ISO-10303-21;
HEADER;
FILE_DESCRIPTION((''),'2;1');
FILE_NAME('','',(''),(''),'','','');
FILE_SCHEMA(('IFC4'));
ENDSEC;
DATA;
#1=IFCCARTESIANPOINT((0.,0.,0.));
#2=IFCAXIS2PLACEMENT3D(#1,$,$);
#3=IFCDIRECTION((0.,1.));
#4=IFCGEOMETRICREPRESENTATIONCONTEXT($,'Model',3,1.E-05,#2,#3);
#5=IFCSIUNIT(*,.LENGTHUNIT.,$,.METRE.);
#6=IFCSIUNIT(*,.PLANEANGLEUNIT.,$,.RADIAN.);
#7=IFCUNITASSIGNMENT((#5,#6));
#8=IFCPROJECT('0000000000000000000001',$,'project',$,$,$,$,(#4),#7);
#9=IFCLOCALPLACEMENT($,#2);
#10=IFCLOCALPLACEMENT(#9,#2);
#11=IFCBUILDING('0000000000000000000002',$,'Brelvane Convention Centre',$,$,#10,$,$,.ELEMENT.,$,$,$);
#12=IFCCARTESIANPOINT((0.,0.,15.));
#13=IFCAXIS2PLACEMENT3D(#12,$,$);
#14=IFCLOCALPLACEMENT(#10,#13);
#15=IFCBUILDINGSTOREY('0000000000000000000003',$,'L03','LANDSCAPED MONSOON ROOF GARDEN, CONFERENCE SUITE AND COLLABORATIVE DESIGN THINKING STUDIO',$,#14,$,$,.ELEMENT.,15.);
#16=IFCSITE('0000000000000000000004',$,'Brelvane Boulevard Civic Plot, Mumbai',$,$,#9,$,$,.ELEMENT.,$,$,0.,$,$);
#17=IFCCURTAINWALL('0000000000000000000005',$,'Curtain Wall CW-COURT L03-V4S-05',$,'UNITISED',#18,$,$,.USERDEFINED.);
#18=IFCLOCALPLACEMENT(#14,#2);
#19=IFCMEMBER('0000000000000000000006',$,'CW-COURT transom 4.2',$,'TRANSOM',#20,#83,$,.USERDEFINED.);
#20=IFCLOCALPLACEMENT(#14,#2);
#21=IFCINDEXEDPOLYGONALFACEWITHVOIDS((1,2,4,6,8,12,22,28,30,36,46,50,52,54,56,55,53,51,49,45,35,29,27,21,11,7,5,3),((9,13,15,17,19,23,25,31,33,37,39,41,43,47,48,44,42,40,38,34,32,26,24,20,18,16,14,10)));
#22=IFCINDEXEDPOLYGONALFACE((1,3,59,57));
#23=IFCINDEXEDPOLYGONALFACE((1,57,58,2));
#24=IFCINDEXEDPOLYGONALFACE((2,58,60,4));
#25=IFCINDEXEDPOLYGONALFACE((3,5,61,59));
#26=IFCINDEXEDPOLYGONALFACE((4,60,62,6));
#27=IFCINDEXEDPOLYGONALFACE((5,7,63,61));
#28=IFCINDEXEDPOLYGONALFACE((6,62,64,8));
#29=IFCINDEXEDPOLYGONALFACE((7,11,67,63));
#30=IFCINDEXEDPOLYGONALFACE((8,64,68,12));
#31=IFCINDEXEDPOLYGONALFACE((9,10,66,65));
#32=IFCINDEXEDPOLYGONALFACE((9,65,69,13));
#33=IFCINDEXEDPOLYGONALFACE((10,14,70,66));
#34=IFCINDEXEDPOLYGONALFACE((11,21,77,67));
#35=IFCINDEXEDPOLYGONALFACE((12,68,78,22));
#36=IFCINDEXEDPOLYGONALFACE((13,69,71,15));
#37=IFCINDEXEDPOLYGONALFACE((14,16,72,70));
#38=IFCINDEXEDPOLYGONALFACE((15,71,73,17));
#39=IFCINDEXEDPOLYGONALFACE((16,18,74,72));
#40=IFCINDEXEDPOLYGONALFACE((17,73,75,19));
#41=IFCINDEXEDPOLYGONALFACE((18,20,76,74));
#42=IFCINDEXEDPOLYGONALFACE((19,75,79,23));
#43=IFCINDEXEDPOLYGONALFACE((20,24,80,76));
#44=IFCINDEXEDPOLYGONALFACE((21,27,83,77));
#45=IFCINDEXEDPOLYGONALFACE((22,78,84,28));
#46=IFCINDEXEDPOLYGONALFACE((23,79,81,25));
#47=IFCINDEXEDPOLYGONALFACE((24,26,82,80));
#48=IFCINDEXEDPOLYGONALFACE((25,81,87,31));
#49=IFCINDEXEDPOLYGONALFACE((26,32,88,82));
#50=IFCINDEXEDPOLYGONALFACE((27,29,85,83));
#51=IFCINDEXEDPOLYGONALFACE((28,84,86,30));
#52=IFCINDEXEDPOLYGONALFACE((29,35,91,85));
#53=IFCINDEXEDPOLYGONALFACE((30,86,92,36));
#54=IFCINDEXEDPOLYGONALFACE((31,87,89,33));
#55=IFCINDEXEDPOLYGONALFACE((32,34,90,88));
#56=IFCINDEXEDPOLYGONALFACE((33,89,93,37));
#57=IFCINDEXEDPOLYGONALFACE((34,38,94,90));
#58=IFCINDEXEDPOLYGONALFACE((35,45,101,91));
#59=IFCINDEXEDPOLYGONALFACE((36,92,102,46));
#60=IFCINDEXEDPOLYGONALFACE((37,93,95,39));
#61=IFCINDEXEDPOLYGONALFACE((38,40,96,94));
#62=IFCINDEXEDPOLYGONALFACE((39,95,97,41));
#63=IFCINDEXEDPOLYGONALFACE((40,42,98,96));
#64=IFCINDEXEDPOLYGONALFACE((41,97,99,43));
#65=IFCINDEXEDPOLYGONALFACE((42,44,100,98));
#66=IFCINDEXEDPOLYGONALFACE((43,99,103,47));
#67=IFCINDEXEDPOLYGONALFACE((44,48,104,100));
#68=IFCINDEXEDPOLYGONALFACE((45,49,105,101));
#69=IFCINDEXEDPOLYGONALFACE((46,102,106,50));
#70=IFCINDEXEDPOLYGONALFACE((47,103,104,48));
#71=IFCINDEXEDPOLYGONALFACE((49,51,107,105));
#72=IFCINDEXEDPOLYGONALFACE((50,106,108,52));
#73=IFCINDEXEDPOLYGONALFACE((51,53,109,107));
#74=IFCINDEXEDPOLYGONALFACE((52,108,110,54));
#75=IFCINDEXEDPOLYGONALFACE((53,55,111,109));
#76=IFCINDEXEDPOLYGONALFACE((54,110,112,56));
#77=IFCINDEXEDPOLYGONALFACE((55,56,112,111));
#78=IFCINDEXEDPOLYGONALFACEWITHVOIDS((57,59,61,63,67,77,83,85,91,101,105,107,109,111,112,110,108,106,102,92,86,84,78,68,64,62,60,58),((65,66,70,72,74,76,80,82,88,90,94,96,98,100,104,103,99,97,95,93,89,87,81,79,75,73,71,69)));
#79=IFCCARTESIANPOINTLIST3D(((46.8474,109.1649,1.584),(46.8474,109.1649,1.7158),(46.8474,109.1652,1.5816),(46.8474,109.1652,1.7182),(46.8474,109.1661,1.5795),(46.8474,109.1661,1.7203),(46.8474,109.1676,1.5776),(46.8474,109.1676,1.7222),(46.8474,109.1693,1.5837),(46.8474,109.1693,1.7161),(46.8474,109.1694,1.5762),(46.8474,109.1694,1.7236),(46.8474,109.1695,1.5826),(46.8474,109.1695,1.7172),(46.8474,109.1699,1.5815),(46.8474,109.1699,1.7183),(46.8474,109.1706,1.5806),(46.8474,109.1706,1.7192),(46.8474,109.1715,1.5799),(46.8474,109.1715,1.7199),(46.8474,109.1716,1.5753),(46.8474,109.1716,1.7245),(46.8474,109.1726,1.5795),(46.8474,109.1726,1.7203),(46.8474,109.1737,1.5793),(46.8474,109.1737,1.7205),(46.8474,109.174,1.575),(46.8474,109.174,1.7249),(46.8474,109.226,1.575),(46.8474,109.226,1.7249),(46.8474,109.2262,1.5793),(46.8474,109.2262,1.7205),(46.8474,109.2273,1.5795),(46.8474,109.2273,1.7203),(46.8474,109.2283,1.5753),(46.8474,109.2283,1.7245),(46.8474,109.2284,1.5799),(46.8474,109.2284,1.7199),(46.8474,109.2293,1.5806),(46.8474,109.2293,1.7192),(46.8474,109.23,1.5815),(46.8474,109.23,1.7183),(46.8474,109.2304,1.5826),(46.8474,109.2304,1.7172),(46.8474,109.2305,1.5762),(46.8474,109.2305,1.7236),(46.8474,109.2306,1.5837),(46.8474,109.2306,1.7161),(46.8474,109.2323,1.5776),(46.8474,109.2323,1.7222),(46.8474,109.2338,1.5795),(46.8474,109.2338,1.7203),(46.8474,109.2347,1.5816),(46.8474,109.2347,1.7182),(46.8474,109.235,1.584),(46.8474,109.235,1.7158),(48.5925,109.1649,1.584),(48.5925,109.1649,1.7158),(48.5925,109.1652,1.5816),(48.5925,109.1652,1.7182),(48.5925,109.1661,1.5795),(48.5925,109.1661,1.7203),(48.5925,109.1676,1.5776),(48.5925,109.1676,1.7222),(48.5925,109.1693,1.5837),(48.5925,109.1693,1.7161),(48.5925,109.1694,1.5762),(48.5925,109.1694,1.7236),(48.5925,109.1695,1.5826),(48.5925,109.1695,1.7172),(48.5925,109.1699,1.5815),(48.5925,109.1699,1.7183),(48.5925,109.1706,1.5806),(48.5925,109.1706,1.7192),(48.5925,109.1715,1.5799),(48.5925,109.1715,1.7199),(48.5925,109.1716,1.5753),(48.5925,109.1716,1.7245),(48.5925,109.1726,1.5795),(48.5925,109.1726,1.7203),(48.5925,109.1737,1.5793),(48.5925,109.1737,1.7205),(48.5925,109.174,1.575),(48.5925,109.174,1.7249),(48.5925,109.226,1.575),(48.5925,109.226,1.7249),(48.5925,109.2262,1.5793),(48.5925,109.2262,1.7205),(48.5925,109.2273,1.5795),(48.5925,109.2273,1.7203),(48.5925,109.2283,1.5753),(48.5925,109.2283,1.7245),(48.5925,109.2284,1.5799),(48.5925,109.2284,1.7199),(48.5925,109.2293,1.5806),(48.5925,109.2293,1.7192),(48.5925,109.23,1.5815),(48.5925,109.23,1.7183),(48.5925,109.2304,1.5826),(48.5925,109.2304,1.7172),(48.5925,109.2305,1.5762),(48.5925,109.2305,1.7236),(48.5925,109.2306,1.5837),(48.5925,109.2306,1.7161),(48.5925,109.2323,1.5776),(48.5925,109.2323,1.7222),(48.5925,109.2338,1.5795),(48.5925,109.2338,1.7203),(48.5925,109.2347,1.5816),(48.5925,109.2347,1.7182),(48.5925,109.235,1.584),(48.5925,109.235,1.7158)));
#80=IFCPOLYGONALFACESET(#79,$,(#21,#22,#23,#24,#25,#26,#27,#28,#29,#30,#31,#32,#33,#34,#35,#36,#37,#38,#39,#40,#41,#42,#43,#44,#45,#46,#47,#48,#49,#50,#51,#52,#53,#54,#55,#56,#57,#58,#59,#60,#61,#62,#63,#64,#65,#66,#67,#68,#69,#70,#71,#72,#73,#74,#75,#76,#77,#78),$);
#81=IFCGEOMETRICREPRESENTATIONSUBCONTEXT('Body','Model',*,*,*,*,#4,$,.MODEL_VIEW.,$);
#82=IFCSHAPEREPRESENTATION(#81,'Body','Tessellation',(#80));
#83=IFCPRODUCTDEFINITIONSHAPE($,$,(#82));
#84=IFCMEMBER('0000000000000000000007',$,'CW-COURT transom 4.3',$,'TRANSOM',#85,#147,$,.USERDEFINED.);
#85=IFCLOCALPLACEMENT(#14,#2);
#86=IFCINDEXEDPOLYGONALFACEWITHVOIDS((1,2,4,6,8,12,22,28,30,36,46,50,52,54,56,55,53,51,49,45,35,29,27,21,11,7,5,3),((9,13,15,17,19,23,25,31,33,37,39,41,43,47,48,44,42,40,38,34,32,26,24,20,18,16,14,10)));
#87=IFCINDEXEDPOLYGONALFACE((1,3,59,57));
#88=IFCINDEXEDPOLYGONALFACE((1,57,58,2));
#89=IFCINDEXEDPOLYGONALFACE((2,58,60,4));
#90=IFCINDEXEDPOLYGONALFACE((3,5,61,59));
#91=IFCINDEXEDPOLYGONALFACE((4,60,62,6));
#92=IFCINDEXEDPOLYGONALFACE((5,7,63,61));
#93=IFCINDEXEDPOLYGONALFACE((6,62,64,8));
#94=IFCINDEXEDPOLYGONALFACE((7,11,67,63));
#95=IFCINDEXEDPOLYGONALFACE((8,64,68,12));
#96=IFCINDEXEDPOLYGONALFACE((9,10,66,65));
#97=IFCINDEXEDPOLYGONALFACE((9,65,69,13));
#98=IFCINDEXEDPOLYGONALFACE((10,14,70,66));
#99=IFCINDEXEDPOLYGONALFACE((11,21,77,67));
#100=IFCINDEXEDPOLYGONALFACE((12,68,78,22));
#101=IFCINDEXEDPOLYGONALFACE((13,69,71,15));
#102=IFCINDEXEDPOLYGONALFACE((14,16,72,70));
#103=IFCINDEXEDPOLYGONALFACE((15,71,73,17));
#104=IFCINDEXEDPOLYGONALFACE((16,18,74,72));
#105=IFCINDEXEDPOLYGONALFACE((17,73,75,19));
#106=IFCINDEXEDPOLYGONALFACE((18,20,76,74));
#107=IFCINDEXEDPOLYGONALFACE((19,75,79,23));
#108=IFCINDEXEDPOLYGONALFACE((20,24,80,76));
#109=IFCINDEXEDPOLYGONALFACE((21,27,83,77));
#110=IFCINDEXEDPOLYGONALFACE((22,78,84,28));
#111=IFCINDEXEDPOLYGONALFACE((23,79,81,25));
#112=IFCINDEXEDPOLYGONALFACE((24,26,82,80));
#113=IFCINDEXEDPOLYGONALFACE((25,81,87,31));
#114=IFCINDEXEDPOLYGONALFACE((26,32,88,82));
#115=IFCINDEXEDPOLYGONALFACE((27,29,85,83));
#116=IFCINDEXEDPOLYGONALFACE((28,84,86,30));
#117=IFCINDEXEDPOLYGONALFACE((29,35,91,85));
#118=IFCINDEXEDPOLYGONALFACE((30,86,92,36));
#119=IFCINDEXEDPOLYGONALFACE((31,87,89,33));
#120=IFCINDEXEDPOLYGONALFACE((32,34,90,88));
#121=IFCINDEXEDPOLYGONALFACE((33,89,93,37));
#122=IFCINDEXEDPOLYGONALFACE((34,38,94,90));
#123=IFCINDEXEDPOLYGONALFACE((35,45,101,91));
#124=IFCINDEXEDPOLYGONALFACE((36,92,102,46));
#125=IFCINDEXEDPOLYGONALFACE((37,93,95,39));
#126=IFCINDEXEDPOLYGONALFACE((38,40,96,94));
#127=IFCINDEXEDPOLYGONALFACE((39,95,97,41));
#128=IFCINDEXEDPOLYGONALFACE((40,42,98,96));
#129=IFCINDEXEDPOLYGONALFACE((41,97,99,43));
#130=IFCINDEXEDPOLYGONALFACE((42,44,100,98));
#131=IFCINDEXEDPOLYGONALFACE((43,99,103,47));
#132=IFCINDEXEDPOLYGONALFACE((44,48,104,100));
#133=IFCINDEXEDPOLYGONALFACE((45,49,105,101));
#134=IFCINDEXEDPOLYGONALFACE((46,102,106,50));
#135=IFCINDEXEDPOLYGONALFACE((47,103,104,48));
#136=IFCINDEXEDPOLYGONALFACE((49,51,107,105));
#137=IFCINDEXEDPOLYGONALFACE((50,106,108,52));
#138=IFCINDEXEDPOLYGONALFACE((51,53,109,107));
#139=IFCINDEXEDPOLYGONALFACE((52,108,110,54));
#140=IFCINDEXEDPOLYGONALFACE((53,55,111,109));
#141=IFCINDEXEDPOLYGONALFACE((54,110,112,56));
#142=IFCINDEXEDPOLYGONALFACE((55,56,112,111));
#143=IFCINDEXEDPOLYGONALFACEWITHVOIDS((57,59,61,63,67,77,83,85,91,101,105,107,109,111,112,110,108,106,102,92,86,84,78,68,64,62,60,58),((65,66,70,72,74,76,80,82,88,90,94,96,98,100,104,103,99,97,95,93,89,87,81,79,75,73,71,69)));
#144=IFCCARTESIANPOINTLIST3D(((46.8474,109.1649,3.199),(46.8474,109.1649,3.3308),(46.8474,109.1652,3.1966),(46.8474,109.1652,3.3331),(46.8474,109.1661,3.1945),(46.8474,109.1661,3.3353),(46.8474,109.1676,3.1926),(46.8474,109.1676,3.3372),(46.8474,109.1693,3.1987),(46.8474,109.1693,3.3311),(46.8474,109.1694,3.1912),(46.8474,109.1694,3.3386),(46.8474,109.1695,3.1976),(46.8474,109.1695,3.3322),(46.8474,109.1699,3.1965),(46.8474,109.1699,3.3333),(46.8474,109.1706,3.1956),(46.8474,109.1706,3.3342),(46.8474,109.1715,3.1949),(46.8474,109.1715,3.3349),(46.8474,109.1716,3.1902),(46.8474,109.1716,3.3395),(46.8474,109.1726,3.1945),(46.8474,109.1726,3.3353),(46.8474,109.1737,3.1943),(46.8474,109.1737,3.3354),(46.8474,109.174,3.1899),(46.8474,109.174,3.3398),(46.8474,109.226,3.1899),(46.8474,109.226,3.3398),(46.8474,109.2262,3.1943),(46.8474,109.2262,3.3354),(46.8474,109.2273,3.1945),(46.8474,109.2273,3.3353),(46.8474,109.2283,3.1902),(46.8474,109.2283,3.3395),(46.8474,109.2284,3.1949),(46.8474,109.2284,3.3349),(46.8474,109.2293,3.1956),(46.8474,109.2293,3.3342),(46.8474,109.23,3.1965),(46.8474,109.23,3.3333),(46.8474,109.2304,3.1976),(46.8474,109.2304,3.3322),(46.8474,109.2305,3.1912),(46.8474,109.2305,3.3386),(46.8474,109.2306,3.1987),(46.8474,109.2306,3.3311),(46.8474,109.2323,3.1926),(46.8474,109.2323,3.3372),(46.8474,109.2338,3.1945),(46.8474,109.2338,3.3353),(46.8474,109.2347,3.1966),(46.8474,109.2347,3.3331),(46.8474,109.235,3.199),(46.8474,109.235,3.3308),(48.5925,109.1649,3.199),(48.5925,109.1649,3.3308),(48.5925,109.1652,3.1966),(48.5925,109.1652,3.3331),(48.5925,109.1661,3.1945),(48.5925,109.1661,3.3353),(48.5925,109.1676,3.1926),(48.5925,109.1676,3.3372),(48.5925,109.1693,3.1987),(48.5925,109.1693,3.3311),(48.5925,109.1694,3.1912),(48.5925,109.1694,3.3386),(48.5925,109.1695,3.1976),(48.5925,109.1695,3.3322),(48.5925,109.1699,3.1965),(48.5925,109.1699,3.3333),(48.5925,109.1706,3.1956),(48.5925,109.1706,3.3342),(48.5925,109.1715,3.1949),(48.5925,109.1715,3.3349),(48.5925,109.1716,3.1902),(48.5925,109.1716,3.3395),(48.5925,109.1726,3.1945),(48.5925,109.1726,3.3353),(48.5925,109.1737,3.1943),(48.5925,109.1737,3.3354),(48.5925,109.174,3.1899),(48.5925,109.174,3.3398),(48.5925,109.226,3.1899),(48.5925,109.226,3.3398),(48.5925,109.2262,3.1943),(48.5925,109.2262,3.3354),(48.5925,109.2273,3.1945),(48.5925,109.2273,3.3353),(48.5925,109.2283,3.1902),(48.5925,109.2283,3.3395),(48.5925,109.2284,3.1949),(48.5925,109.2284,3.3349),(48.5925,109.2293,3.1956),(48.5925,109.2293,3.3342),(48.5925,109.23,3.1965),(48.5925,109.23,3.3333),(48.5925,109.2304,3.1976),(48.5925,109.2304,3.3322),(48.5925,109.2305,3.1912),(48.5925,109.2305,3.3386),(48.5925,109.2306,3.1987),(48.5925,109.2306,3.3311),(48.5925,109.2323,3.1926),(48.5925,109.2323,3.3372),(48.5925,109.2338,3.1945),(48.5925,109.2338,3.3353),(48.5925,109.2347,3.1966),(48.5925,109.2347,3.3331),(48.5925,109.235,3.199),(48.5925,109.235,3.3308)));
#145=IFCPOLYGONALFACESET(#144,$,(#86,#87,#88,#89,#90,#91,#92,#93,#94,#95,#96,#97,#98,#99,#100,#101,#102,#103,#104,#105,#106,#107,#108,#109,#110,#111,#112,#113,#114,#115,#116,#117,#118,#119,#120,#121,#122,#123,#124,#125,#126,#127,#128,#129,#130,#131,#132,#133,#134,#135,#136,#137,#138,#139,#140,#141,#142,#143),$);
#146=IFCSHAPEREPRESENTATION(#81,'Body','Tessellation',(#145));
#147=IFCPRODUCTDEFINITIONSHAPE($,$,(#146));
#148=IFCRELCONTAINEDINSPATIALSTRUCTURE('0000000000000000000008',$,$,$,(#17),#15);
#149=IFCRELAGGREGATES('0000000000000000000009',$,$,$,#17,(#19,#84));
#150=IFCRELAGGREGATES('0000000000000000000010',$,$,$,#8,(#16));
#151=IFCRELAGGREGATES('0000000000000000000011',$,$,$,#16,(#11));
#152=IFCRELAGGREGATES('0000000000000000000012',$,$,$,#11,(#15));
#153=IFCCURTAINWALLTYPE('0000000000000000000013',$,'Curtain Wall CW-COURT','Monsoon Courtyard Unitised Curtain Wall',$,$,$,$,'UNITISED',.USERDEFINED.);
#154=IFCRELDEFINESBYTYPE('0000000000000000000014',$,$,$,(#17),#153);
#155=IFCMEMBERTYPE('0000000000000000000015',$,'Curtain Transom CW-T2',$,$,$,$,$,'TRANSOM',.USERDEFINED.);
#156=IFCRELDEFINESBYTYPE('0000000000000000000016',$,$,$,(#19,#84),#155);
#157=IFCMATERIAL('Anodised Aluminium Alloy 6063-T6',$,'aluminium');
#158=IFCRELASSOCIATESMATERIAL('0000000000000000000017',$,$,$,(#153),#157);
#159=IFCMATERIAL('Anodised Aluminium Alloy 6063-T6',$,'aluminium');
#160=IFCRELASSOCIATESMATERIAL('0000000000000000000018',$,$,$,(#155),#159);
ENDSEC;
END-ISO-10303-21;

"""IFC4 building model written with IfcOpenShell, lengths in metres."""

from ifc_helpers import new_model, si_unit, direction, frame, origin, origin_2d, place, context, subcontext, project, spatial, hollow_rectangle, extrude, material, material_profile, profile_set, type_object, element, aggregate, save


model = new_model("IFC4")

# Units and contexts
model_context = context("Model", 3, precision=1e-05, world=origin(), true_north=direction((0.0, 1.0)))
body_context = subcontext(model_context, "Body", "Model", "MODEL_VIEW")
ifc_project = project(units=[si_unit("LENGTHUNIT", "METRE"), si_unit("PLANEANGLEUNIT", "RADIAN")], contexts=[model_context])

# Site, building, storey
site_placement = place(None, origin())
site = spatial("IfcSite", under=ifc_project, at=site_placement, Name="Brelvane Boulevard Civic Plot, Mumbai", CompositionType="ELEMENT", RefElevation=0.0)
building_placement = place(site_placement, origin())
building = spatial("IfcBuilding", under=site, at=building_placement, Name="Brelvane Convention Centre", CompositionType="ELEMENT")
storey_placement = place(building_placement, frame((0.0, 0.0, 15.0)))
storey = spatial("IfcBuildingStorey", under=building, at=storey_placement, Name="L03", Description="LANDSCAPED MONSOON ROOF GARDEN, CONFERENCE SUITE AND COLLABORATIVE DESIGN THINKING STUDIO", CompositionType="ELEMENT", Elevation=15.0)

# Curtain wall, members
ifc_material_1 = material(Name="Anodised Aluminium Alloy 6063-T6", Category="aluminium")
curtain_wall_type = type_object("IfcCurtainWallType", Name="Curtain Wall CW-COURT", Description="Monsoon Courtyard Unitised Curtain Wall", ElementType="UNITISED", PredefinedType="USERDEFINED", material=ifc_material_1)
curtain_wall_placement = place(storey_placement, origin())
curtain_wall = element("IfcCurtainWall", 1, at=curtain_wall_placement, inside=storey, type_object=curtain_wall_type, Name="Curtain Wall CW-COURT L03-V4S-05", ObjectType="UNITISED", PredefinedType="USERDEFINED")
ifc_material_2 = material(Name="Anodised Aluminium Alloy 6063-T6", Category="aluminium")
ifc_material_profile_1 = material_profile(ifc_material_2, hollow_rectangle(XDim=0.0701, YDim=0.1499, WallThickness=0.0044, InnerFilletRadius=0.0044, OuterFilletRadius=0.009, at=origin_2d()), Name="ALU-T 150x70x4.5")
ifc_profile_set_1 = profile_set([ifc_material_profile_1], Name="Anodised Aluminium Alloy 6063-T6")
member_type_1 = type_object("IfcMemberType", Name="Curtain Transom CW-T2", ElementType="TRANSOM", PredefinedType="USERDEFINED", material=ifc_profile_set_1)
member_1_placement = place(storey_placement, frame((46.8474, 109.2, 1.6499), z_axis=(1.0, 0.0, 0.0), x_axis=(0.0, 1.0, 0.0)))
member_1 = element("IfcMember", 2, at=member_1_placement, type_object=member_type_1, Name="CW-COURT transom 4.2", ObjectType="TRANSOM", PredefinedType="USERDEFINED", context=body_context, shape_type="SweptSolid", body=[
    extrude(hollow_rectangle(XDim=0.0701, YDim=0.1499, WallThickness=0.0044, InnerFilletRadius=0.0044, OuterFilletRadius=0.009, at=origin_2d()), origin(), (0.0, 0.0, 1.0), 1.7451),
])
member_2_placement = place(storey_placement, frame((46.8474, 109.2, 3.2649), z_axis=(1.0, 0.0, 0.0), x_axis=(0.0, 1.0, 0.0)))
member_2 = element("IfcMember", 3, at=member_2_placement, type_object=member_type_1, Name="CW-COURT transom 4.3", ObjectType="TRANSOM", PredefinedType="USERDEFINED", context=body_context, shape_type="SweptSolid", body=[
    extrude(hollow_rectangle(XDim=0.0701, YDim=0.1499, WallThickness=0.0044, InnerFilletRadius=0.0044, OuterFilletRadius=0.009, at=origin_2d()), origin(), (0.0, 0.0, 1.0), 1.7451),
])

aggregate(curtain_wall, [member_1, member_2])

save(model, "model.ifc")
